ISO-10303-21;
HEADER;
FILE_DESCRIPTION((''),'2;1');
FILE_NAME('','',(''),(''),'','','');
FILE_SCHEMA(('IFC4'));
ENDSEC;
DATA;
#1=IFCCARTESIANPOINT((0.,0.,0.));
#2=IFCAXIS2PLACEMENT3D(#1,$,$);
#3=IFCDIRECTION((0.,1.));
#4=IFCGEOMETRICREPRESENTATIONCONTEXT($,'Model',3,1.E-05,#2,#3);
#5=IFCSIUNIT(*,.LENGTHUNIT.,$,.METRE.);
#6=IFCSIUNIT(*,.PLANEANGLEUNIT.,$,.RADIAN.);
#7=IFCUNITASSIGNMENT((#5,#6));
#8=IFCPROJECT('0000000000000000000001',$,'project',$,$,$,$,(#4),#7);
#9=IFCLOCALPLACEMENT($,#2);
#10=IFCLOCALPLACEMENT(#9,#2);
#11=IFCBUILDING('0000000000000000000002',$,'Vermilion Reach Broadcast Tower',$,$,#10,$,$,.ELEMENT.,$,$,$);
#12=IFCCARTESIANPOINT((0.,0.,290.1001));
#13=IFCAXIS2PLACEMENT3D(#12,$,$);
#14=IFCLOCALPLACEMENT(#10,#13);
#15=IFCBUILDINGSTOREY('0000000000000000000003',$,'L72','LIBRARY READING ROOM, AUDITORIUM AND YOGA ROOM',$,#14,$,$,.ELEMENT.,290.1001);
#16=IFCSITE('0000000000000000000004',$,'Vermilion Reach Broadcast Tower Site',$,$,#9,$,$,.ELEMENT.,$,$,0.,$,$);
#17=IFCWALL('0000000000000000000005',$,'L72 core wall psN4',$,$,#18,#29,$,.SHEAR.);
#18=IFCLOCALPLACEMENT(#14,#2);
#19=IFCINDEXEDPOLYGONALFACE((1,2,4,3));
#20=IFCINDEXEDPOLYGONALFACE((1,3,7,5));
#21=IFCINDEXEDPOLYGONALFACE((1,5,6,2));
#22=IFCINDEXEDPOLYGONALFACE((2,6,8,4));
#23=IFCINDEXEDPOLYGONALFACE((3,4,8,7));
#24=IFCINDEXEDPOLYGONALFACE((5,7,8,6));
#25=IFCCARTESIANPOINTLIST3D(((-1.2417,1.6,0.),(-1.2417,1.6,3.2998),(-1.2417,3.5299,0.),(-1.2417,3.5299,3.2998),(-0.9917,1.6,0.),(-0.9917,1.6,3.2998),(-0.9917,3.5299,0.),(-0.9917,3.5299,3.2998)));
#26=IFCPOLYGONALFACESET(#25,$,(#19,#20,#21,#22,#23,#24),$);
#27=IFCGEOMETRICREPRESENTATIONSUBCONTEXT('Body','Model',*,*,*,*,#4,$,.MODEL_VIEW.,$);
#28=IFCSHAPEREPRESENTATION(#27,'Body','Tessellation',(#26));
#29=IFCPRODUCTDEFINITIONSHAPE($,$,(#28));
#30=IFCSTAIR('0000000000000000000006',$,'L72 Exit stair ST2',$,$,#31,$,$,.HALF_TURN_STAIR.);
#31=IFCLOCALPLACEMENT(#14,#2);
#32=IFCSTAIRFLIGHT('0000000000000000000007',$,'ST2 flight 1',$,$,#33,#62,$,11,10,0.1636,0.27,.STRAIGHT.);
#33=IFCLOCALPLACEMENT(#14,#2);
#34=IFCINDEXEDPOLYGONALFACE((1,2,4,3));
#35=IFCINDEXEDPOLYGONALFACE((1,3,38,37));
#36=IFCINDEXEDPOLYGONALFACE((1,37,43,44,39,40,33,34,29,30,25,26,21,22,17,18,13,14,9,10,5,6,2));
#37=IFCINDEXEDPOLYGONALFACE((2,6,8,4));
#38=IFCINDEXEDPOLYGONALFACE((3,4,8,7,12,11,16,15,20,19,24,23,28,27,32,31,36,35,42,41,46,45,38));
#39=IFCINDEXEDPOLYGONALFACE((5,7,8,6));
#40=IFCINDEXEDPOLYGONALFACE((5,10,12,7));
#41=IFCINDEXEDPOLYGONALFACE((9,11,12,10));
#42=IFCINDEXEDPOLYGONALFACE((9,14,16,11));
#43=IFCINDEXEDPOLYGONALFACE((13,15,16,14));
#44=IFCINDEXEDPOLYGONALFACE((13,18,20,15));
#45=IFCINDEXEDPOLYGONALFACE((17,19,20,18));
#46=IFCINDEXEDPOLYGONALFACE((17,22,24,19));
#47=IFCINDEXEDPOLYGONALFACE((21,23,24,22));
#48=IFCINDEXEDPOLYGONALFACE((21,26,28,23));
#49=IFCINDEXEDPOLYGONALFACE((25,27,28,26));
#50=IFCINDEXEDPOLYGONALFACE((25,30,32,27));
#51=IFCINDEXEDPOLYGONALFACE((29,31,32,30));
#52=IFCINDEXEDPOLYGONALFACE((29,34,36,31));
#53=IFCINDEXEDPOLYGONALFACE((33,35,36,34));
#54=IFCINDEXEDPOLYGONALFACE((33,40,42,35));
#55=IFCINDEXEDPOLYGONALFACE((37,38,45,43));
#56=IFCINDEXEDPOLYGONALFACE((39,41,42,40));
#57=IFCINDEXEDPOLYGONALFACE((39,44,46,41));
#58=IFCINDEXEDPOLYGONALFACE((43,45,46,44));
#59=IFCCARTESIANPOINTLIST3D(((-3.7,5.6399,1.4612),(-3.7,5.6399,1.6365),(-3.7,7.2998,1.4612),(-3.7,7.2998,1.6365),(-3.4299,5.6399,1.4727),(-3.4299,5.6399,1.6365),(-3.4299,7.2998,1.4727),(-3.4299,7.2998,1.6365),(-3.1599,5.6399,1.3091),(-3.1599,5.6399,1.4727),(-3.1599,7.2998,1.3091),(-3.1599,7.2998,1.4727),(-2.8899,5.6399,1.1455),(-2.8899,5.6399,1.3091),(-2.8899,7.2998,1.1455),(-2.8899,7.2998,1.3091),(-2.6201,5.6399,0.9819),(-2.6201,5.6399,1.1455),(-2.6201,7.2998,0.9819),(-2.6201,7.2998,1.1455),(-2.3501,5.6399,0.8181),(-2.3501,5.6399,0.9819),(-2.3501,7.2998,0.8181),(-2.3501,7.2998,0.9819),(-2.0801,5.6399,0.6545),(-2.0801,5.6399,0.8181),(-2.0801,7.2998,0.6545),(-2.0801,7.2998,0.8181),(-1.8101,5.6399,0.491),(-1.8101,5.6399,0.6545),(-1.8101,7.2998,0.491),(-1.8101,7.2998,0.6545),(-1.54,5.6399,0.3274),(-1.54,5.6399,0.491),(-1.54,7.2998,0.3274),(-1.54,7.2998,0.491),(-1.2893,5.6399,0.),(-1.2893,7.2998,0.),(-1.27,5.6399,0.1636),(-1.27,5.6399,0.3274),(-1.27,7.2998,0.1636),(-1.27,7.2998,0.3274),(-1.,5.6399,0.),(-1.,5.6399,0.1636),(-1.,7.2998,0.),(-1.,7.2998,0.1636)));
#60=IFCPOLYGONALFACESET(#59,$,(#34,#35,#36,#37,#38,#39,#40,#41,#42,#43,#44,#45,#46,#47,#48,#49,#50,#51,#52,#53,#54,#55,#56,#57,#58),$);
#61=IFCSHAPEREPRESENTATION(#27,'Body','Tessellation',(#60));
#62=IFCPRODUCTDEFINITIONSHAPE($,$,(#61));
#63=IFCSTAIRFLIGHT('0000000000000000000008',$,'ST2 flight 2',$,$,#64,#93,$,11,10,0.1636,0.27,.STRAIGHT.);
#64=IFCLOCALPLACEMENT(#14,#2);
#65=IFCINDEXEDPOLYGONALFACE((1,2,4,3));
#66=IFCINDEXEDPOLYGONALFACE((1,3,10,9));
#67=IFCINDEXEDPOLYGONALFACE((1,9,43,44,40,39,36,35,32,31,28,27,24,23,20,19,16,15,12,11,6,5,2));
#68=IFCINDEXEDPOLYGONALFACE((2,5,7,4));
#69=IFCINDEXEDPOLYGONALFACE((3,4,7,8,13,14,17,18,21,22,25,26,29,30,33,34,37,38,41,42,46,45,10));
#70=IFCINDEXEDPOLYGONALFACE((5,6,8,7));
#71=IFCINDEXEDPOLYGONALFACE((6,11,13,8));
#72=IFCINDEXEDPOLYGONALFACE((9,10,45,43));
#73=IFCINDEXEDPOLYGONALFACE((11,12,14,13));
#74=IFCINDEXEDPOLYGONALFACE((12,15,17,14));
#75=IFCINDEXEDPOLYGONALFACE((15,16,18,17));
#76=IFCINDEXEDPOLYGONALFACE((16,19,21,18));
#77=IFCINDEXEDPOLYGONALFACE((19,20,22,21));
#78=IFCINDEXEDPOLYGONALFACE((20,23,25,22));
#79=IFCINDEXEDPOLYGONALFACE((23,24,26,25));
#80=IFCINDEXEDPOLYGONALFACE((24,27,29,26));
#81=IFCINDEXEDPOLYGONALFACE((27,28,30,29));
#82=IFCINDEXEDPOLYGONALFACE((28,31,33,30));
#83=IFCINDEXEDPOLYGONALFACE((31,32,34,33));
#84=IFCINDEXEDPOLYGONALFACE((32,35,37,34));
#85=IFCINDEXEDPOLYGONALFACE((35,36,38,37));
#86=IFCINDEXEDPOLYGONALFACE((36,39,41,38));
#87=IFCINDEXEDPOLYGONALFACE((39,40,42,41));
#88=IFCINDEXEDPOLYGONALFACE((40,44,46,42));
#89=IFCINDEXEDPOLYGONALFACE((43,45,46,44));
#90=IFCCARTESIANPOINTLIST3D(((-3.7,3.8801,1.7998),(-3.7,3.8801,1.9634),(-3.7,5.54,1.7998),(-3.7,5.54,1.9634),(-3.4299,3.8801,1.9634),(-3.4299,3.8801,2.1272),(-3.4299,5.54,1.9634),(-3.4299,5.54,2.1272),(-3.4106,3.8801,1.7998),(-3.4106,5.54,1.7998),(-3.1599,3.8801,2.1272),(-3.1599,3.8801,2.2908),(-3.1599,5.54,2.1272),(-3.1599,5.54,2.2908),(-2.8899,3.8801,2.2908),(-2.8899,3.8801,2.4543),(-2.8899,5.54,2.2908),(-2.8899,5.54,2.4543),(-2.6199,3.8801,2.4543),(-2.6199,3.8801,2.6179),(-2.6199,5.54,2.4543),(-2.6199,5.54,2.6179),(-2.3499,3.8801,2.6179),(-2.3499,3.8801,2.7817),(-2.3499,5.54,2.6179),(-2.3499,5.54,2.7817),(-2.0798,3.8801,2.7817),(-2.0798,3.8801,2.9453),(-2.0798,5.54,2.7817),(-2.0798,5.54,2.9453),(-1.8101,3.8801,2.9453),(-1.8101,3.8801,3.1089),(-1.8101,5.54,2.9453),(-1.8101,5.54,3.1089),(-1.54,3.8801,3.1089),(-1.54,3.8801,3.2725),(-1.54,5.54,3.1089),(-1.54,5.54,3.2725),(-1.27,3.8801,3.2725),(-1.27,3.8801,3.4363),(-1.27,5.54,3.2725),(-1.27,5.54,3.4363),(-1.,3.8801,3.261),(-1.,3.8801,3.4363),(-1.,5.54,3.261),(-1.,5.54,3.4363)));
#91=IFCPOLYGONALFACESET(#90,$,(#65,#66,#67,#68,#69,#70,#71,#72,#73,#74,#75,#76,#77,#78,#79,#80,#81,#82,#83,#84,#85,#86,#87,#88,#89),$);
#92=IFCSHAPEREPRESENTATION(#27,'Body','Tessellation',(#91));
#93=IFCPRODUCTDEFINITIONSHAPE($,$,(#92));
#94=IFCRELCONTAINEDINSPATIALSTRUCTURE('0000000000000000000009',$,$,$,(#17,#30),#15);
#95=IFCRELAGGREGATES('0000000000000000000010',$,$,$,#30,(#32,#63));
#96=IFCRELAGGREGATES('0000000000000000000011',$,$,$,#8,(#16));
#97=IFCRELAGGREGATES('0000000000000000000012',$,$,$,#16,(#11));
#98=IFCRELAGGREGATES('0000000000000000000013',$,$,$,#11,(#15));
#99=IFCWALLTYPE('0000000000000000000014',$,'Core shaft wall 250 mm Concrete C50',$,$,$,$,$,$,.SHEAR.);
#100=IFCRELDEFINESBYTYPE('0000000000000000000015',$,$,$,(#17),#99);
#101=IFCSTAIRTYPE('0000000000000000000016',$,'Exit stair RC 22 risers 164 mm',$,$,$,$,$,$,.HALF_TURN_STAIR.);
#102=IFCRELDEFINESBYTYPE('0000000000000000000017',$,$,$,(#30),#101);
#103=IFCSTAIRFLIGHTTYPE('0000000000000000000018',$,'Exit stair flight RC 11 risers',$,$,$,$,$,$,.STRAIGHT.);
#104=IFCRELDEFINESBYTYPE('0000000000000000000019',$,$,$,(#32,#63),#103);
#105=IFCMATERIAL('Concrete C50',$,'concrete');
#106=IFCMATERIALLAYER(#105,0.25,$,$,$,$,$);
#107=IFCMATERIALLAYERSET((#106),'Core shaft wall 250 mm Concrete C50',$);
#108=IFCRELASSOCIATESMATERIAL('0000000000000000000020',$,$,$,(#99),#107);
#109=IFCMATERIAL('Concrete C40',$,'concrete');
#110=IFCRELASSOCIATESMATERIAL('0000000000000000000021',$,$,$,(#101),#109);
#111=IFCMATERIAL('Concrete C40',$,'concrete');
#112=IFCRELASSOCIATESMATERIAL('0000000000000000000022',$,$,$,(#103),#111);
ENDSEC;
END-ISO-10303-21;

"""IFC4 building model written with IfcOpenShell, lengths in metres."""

from ifc_helpers import new_model, si_unit, direction, frame, frame_2d, origin, place, context, subcontext, project, spatial, polyline, rectangle, outline, extrude, material, layer, layer_set, type_object, element, aggregate, save


model = new_model("IFC4")

# Units and contexts
model_context = context("Model", 3, precision=1e-05, world=origin(), true_north=direction((0.0, 1.0)))
body_context = subcontext(model_context, "Body", "Model", "MODEL_VIEW")
ifc_project = project(units=[si_unit("LENGTHUNIT", "METRE"), si_unit("PLANEANGLEUNIT", "RADIAN")], contexts=[model_context])

# Site, building, storey
site_placement = place(None, origin())
site = spatial("IfcSite", under=ifc_project, at=site_placement, Name="Vermilion Reach Broadcast Tower Site", CompositionType="ELEMENT", RefElevation=0.0)
building_placement = place(site_placement, origin())
building = spatial("IfcBuilding", under=site, at=building_placement, Name="Vermilion Reach Broadcast Tower", CompositionType="ELEMENT")
storey_placement = place(building_placement, frame((0.0, 0.0, 290.1001)))
storey = spatial("IfcBuildingStorey", under=building, at=storey_placement, Name="L72", Description="LIBRARY READING ROOM, AUDITORIUM AND YOGA ROOM", CompositionType="ELEMENT", Elevation=290.1001)

# Wall
ifc_material_1 = material(Name="Concrete C50", Category="concrete")
ifc_layer_1 = layer(ifc_material_1, 0.25)
ifc_layer_set_1 = layer_set([ifc_layer_1], Name="Core shaft wall 250 mm Concrete C50")
wall_type_1 = type_object("IfcWallType", Name="Core shaft wall 250 mm Concrete C50", PredefinedType="SHEAR", material=ifc_layer_set_1)
for number, where, z_axis, x_axis, name in (
    (1, (-1.1167, 1.6001, 0.0), (0.0, 0.0, 1.0), (0.0, 1.0, 0.0), "L72 core wall psN4"),
):
    element("IfcWall", number, at=place(storey_placement, frame(where, z_axis=z_axis, x_axis=x_axis)), inside=storey, type_object=wall_type_1, Name=name, PredefinedType="SHEAR", context=body_context, shape_type="SweptSolid", body=[
        extrude(rectangle(XDim=1.9299, YDim=0.25, at=frame_2d((0.9648, 0.0))), origin(), (0.0, 0.0, 1.0), 3.2998),
    ])

# Stair, stair flights
ifc_material_2 = material(Name="Concrete C40", Category="concrete")
stair_type = type_object("IfcStairType", Name="Exit stair RC 22 risers 164 mm", PredefinedType="HALF_TURN_STAIR", material=ifc_material_2)
stair_placement = place(storey_placement, origin())
stair = element("IfcStair", 2, at=stair_placement, inside=storey, type_object=stair_type, Name="L72 Exit stair ST2", PredefinedType="HALF_TURN_STAIR")
ifc_material_3 = material(Name="Concrete C40", Category="concrete")
stair_flight_type = type_object("IfcStairFlightType", Name="Exit stair flight RC 11 risers", PredefinedType="STRAIGHT", material=ifc_material_3)
stair_flight_1_placement = place(storey_placement, frame((-1.0, 6.47, 0.0), z_axis=(0.0, 0.0, 1.0), x_axis=(-1.0, 0.0, 0.0)))
stair_flight_1 = element("IfcStairFlight", 3, at=stair_flight_1_placement, type_object=stair_flight_type, Name="ST2 flight 1", NumberOfRisers=11, NumberOfTreads=10, PredefinedType="STRAIGHT", RiserHeight=0.1636, TreadLength=0.27, context=body_context, shape_type="SweptSolid", body=[
    extrude(outline(polyline([(0.0, 0.0), (0.0, 0.1636), (0.27, 0.1636), (0.27, 0.3274), (0.54, 0.3274), (0.54, 0.491), (0.8101, 0.491), (0.8101, 0.6545), (1.0801, 0.6545), (1.0801, 0.8181), (1.3501, 0.8181), (1.3501, 0.9819), (1.6201, 0.9819), (1.6201, 1.1455), (1.8899, 1.1455), (1.8899, 1.3091), (2.1599, 1.3091), (2.1599, 1.4727), (2.4299, 1.4727), (2.4299, 1.6365), (2.7, 1.6365), (2.7, 1.8), (2.7, 1.4612), (0.2893, 0.0), (0.0, 0.0)])), frame((0.0, 0.8301, 0.0), z_axis=(0.0, -1.0, 0.0), x_axis=(1.0, 0.0, 0.0)), (0.0, 0.0, 1.0), 1.6599),
])
stair_flight_2_placement = place(storey_placement, frame((-3.7, 4.71, 1.7998), z_axis=(0.0, 0.0, 1.0), x_axis=(1.0, 0.0, 0.0)))
stair_flight_2 = element("IfcStairFlight", 4, at=stair_flight_2_placement, type_object=stair_flight_type, Name="ST2 flight 2", NumberOfRisers=11, NumberOfTreads=10, PredefinedType="STRAIGHT", RiserHeight=0.1636, TreadLength=0.27, context=body_context, shape_type="SweptSolid", body=[
    extrude(outline(polyline([(0.0, 0.0), (0.0, 0.1636), (0.27, 0.1636), (0.27, 0.3274), (0.54, 0.3274), (0.54, 0.491), (0.8101, 0.491), (0.8101, 0.6545), (1.0801, 0.6545), (1.0801, 0.8181), (1.3501, 0.8181), (1.3501, 0.9819), (1.6201, 0.9819), (1.6201, 1.1455), (1.8899, 1.1455), (1.8899, 1.3091), (2.1599, 1.3091), (2.1599, 1.4727), (2.4299, 1.4727), (2.4299, 1.6365), (2.7, 1.6365), (2.7, 1.8), (2.7, 1.4612), (0.2893, 0.0), (0.0, 0.0)])), frame((0.0, 0.8301, 0.0), z_axis=(0.0, -1.0, 0.0), x_axis=(1.0, 0.0, 0.0)), (0.0, 0.0, 1.0), 1.6599),
])
aggregate(stair, [stair_flight_1, stair_flight_2])

save(model, "model.ifc")
